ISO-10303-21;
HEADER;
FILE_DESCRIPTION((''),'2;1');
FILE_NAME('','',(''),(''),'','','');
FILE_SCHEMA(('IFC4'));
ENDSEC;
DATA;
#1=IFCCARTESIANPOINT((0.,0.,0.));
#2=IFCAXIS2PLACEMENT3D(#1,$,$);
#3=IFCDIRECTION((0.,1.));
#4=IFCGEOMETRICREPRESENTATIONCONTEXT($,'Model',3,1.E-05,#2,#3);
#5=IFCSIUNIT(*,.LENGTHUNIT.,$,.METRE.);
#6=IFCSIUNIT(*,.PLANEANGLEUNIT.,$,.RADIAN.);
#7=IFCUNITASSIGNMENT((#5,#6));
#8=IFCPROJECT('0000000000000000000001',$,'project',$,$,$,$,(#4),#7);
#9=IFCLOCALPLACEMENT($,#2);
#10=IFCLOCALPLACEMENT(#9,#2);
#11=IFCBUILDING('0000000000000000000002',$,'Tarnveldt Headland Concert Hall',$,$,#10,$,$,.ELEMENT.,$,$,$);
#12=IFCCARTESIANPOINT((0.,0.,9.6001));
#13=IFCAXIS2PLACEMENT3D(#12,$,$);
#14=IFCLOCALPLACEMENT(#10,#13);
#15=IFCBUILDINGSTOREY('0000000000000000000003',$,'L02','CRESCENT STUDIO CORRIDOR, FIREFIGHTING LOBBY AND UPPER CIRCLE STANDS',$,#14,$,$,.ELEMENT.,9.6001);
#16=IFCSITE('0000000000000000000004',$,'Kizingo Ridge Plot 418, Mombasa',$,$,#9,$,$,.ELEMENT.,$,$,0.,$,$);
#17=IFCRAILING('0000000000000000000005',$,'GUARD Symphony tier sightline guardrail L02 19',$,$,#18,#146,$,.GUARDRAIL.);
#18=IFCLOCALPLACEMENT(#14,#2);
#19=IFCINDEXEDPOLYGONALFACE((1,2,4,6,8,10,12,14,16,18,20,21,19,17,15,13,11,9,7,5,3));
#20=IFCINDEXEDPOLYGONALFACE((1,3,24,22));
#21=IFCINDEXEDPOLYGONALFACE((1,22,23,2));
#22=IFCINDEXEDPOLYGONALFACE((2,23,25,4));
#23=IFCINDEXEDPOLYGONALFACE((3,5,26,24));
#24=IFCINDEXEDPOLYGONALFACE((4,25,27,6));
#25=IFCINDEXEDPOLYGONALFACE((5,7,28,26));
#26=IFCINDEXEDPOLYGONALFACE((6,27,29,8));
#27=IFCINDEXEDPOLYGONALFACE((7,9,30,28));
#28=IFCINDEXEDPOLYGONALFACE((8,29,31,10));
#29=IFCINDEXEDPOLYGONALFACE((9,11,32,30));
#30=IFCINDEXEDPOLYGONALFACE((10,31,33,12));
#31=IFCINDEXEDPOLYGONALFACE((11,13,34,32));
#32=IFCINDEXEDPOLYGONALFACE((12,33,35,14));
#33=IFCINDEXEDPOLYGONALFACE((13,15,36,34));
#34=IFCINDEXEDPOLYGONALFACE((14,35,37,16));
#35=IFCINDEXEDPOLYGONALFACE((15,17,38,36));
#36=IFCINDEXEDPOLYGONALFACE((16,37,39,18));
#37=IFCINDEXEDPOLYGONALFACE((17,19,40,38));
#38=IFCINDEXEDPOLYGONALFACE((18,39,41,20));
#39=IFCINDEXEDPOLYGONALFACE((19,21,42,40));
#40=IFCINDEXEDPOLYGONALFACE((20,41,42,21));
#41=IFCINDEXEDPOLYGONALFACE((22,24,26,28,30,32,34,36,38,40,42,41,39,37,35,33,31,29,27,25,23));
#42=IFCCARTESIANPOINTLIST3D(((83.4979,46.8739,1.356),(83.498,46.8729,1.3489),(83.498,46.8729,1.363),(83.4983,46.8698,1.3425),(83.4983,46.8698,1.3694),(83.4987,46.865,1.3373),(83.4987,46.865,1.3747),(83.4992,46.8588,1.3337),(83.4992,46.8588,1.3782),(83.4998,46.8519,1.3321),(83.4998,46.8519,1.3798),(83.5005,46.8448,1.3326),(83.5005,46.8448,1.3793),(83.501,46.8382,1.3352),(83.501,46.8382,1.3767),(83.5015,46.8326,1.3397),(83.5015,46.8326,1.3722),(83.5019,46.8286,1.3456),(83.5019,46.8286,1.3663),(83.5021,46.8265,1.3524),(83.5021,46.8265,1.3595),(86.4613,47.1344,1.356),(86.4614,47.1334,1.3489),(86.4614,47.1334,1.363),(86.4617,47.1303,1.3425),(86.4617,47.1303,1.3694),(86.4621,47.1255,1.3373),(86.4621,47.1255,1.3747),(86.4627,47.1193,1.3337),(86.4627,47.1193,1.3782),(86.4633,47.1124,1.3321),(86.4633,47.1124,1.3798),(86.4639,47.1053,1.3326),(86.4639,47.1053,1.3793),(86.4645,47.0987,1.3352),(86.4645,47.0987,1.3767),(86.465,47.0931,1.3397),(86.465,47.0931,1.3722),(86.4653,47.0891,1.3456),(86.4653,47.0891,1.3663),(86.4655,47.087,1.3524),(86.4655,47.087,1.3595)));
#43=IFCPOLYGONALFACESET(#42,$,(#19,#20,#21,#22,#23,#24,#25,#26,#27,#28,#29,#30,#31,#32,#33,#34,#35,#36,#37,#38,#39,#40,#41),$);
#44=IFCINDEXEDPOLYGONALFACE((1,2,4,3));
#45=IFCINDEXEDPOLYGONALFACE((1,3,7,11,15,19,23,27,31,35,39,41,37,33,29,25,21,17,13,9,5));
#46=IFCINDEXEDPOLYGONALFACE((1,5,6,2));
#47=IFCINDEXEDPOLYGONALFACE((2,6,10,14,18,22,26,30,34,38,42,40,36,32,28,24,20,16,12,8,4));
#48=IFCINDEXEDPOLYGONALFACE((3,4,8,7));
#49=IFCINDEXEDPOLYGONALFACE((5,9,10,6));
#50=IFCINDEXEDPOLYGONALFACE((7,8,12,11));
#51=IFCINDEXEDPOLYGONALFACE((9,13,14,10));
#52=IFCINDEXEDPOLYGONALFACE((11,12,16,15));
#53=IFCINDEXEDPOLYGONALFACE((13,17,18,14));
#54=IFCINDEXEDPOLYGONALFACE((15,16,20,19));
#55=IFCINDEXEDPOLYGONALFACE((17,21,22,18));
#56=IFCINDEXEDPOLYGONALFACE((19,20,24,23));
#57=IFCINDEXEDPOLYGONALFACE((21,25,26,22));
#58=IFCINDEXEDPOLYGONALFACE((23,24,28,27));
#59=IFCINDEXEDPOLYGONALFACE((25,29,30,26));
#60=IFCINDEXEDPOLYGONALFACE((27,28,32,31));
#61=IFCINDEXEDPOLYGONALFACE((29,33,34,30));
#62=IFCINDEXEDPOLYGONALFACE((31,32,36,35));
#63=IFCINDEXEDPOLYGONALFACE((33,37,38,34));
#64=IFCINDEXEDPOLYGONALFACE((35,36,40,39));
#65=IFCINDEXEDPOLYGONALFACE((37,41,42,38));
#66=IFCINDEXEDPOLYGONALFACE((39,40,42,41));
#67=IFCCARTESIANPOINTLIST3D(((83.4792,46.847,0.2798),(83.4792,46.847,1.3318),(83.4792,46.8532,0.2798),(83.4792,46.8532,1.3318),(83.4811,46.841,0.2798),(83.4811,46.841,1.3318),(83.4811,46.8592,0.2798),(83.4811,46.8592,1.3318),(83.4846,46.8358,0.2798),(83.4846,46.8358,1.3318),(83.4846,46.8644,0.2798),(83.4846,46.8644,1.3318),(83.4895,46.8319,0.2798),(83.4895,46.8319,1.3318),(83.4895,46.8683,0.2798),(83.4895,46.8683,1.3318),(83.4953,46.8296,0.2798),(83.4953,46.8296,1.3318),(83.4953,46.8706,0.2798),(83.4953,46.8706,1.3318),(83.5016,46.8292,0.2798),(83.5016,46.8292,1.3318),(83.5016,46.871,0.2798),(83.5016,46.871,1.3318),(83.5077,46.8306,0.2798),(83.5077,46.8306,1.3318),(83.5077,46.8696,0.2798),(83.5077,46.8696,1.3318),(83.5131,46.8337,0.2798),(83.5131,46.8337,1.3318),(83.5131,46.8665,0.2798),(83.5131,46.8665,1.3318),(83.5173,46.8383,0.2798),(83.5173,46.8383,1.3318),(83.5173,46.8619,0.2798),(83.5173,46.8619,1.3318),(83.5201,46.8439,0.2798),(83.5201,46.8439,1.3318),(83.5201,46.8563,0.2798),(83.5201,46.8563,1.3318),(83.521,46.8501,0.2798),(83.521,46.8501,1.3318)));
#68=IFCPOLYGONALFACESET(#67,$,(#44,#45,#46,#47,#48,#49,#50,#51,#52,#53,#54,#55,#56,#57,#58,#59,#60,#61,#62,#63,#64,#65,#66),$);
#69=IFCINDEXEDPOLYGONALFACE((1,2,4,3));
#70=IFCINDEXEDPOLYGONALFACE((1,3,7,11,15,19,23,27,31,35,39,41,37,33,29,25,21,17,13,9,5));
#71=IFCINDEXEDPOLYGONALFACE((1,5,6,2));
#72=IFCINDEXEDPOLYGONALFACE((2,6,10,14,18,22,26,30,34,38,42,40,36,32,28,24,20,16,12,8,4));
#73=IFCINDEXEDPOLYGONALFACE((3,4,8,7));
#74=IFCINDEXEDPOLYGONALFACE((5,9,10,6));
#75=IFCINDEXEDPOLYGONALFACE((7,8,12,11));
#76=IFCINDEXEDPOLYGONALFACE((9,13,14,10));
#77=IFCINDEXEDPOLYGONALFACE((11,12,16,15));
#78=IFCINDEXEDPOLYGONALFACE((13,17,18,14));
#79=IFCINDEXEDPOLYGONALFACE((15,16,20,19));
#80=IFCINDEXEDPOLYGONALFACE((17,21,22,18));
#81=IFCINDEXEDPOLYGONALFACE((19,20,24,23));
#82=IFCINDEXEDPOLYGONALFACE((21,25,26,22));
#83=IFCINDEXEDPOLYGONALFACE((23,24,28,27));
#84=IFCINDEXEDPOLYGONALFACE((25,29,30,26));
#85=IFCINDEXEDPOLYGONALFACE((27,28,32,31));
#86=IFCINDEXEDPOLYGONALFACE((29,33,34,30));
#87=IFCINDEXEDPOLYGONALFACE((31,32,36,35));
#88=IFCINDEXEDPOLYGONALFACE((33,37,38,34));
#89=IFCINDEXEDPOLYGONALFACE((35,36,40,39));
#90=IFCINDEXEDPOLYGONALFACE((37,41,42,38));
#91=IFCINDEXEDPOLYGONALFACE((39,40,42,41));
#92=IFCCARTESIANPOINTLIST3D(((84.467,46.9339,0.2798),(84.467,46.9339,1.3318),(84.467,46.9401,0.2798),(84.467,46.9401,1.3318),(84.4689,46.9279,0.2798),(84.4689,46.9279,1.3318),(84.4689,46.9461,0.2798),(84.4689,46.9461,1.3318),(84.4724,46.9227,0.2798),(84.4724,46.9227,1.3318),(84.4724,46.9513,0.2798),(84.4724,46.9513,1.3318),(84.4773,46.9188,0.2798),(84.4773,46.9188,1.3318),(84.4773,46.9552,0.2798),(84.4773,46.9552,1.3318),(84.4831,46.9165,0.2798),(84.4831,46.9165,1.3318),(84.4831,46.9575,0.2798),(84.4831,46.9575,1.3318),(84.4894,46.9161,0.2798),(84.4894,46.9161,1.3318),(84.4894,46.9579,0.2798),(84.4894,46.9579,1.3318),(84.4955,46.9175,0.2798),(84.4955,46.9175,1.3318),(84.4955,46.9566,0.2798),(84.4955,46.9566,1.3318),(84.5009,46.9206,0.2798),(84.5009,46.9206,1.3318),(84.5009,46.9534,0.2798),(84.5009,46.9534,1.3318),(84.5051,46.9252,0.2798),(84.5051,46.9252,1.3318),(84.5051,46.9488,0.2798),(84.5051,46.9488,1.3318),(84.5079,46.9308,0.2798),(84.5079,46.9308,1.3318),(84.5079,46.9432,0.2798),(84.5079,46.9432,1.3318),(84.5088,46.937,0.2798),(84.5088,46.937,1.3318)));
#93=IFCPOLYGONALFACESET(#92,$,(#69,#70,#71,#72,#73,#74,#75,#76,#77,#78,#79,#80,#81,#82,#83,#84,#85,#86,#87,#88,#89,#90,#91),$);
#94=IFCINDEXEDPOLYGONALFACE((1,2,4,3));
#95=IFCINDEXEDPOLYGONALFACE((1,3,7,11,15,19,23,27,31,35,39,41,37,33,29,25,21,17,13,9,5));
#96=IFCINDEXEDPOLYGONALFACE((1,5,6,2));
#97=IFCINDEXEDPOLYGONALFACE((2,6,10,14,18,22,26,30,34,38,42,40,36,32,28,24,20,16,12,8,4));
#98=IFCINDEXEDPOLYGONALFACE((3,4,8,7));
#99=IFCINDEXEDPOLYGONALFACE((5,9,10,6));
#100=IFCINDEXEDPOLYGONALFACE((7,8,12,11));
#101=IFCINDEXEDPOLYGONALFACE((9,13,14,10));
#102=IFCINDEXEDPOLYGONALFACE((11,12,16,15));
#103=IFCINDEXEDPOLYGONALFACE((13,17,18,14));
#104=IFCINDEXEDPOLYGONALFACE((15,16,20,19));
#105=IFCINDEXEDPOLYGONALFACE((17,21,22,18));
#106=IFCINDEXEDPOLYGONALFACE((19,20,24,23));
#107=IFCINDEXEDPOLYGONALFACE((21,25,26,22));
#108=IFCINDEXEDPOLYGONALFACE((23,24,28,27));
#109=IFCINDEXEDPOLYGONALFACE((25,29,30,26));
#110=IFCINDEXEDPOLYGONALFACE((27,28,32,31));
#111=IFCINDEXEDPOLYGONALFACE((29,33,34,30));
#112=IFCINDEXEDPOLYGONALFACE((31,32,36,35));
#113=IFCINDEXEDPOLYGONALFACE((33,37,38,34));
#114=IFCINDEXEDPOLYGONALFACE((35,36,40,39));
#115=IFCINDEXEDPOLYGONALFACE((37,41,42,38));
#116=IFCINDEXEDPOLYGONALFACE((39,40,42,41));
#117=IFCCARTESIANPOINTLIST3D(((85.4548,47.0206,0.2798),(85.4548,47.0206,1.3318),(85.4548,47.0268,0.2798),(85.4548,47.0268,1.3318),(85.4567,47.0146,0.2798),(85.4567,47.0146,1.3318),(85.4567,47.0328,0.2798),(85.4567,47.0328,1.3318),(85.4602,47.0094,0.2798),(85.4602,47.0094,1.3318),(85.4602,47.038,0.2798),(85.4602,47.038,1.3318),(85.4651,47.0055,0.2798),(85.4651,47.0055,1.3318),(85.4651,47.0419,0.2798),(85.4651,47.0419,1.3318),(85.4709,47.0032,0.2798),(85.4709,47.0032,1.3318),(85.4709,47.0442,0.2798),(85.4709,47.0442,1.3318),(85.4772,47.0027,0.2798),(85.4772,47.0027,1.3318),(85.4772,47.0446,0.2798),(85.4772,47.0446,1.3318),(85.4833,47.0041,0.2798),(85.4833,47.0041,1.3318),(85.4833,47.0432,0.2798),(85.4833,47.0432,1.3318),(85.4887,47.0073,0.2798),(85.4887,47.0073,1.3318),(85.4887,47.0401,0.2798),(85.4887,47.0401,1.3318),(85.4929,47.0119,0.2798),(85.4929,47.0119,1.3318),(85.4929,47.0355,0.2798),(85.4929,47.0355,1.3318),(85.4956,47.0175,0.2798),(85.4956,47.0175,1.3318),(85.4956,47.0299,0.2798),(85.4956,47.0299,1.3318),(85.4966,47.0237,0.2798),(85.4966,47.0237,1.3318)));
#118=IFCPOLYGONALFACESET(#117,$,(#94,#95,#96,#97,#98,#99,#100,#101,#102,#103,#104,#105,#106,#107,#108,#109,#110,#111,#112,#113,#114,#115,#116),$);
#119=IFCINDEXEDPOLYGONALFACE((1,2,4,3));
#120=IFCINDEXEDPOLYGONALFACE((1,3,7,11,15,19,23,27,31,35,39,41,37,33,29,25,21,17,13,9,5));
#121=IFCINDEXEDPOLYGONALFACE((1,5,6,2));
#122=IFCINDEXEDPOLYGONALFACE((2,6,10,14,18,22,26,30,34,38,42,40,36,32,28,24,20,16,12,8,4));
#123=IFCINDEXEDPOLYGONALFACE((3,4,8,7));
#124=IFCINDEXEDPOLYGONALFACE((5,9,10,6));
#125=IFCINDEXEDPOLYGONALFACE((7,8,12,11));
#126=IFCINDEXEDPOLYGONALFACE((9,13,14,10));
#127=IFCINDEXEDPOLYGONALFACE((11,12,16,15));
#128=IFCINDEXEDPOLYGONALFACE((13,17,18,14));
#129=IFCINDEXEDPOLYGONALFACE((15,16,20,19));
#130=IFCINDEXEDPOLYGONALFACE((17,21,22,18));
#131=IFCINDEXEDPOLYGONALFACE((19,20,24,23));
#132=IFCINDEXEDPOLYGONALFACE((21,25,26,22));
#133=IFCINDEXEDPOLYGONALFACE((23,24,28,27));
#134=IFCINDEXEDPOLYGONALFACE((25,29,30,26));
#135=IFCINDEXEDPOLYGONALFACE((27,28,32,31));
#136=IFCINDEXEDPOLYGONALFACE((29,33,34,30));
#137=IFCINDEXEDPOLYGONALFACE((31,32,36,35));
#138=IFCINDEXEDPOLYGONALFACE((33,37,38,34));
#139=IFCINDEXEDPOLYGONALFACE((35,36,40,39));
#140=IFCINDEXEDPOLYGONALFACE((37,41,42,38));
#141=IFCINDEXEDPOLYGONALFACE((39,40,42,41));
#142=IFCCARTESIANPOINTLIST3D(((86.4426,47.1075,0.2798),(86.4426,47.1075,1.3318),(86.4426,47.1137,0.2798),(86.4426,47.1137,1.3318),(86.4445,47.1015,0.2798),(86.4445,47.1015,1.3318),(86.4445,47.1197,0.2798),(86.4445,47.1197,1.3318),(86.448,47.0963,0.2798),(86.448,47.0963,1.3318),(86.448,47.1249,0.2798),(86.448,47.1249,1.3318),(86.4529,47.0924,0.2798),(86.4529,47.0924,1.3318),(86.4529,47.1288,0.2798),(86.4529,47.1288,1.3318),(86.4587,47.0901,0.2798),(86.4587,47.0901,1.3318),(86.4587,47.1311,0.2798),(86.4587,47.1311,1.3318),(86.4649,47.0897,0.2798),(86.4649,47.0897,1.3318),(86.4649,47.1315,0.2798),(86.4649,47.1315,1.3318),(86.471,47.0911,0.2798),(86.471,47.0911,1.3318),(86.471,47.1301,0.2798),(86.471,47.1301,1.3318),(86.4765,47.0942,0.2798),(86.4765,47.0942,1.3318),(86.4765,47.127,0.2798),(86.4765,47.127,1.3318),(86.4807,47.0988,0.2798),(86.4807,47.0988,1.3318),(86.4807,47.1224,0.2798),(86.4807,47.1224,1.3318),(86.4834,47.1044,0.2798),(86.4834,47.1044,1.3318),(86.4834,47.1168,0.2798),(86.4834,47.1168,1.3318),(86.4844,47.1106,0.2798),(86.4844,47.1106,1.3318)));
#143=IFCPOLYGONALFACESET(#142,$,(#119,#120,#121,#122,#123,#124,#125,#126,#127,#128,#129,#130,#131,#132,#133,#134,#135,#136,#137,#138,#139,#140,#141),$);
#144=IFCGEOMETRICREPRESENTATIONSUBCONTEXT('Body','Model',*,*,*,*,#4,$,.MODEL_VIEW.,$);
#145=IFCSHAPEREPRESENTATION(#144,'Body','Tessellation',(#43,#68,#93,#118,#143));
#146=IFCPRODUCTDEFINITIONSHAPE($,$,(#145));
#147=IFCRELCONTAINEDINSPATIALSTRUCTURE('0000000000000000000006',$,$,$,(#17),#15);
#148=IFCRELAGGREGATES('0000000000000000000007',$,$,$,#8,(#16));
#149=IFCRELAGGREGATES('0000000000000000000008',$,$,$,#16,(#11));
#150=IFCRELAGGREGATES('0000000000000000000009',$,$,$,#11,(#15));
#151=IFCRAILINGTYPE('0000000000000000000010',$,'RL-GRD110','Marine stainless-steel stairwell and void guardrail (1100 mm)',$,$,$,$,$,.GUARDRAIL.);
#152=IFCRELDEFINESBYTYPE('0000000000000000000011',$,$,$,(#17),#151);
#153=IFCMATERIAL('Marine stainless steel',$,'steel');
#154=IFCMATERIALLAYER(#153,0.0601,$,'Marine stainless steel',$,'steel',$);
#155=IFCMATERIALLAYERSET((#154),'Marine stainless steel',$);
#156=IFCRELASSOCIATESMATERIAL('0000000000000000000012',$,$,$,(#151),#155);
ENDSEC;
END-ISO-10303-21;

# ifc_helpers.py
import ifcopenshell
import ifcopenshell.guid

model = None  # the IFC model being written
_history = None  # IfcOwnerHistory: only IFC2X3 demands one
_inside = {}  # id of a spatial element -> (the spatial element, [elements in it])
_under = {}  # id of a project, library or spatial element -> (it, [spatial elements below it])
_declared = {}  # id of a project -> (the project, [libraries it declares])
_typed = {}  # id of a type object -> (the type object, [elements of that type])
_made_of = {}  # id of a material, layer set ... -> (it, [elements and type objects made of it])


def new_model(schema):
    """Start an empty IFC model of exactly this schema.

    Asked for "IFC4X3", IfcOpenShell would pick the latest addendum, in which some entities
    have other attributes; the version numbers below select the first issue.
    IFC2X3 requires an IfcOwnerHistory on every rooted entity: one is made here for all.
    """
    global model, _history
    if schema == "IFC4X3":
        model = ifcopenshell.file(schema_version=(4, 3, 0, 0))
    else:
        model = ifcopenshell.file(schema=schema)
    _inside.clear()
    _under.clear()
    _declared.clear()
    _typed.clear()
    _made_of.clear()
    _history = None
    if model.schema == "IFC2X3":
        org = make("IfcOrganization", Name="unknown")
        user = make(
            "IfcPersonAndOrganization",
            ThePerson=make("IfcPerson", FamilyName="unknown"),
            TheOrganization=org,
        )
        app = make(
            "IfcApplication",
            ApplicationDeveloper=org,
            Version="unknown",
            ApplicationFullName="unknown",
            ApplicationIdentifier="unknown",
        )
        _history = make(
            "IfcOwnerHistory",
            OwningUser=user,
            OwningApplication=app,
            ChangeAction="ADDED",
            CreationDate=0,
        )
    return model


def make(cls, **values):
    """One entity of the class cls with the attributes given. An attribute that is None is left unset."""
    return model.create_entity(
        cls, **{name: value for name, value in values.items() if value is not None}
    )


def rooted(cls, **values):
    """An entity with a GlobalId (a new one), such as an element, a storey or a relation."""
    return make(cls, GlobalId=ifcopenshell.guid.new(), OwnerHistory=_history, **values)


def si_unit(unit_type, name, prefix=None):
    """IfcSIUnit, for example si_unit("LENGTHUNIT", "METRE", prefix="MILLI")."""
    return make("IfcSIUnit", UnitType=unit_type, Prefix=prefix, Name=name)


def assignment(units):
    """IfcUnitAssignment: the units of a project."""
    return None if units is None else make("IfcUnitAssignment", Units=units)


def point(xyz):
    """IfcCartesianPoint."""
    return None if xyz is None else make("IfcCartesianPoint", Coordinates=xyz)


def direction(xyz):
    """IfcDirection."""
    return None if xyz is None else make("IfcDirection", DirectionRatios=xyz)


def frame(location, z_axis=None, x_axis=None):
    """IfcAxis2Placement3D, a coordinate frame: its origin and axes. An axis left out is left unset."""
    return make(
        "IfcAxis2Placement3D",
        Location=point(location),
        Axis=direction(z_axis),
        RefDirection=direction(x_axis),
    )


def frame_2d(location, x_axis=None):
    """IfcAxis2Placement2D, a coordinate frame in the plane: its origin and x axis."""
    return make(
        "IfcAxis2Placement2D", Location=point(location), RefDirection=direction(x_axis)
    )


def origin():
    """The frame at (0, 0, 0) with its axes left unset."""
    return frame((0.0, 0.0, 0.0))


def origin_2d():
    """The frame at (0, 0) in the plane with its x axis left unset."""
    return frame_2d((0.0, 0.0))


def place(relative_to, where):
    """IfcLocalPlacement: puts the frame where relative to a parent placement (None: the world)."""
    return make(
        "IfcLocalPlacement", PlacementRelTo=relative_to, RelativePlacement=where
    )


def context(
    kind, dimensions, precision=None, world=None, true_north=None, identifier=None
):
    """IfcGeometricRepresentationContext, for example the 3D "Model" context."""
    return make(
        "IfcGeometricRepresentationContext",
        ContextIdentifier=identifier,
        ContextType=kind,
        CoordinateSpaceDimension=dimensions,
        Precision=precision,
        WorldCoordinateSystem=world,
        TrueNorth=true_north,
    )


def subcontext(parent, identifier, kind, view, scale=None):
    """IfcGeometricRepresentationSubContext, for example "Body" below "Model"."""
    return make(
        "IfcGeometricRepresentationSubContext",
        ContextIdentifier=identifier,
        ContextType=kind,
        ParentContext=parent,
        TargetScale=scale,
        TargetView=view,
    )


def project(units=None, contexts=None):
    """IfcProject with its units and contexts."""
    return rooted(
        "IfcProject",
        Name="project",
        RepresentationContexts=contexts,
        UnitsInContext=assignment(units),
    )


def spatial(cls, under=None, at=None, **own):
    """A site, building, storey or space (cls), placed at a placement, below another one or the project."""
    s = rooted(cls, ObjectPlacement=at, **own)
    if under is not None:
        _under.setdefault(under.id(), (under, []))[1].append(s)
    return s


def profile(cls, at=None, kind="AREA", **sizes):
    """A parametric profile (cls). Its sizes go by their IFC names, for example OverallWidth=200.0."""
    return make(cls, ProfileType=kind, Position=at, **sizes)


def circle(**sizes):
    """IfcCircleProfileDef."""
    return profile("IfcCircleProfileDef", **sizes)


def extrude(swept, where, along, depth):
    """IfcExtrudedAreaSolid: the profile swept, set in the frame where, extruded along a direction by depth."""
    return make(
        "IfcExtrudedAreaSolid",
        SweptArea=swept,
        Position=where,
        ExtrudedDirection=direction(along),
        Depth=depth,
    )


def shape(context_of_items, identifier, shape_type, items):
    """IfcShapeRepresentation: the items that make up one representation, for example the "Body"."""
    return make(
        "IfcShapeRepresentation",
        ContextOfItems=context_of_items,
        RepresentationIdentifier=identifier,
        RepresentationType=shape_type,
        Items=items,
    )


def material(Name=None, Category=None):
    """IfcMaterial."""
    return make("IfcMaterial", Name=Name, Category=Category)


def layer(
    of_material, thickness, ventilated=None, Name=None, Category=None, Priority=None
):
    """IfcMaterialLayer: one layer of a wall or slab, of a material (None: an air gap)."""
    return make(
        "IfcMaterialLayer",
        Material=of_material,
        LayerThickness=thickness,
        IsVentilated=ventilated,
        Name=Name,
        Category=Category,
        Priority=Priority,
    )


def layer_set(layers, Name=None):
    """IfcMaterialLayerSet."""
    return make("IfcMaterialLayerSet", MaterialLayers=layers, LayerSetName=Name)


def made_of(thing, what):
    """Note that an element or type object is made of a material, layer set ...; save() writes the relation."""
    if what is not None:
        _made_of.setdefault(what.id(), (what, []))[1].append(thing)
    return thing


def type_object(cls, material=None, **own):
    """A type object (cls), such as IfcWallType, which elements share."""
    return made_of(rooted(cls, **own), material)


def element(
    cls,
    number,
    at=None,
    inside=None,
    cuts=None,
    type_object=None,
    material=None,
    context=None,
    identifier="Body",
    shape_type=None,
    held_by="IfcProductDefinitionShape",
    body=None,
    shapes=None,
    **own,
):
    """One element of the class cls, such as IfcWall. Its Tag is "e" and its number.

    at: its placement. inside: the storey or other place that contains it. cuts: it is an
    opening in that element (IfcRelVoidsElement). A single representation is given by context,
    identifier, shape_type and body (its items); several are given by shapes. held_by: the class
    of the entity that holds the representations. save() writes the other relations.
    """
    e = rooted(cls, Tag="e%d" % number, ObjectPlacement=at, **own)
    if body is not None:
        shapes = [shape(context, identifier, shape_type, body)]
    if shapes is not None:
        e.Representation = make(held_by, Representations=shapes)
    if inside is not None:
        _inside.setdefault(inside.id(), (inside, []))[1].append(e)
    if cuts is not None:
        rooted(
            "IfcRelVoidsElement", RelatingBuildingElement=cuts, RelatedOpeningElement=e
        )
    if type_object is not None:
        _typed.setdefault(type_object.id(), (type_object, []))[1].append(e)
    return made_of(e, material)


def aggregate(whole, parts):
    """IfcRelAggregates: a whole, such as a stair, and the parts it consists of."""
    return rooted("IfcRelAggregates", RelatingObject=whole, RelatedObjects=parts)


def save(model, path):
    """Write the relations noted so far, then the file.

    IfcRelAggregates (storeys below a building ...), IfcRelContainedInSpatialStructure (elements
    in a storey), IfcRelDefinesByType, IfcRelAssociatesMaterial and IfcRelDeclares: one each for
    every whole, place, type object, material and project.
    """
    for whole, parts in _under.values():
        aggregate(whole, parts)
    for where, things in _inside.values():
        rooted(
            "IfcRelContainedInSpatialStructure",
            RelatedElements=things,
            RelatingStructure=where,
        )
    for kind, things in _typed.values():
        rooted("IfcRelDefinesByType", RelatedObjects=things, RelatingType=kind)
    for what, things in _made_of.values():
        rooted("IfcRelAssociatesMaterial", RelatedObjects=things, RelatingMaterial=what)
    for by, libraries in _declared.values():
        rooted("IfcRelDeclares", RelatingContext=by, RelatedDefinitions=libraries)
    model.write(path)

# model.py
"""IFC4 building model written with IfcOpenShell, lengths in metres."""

from ifc_helpers import new_model, si_unit, direction, frame, origin, origin_2d, place, context, subcontext, project, spatial, circle, extrude, material, layer, layer_set, type_object, element, save


model = new_model("IFC4")

# Units and contexts
model_context = context("Model", 3, precision=1e-05, world=origin(), true_north=direction((0.0, 1.0)))
body_context = subcontext(model_context, "Body", "Model", "MODEL_VIEW")
ifc_project = project(units=[si_unit("LENGTHUNIT", "METRE"), si_unit("PLANEANGLEUNIT", "RADIAN")], contexts=[model_context])

# Site, building, storey
site_placement = place(None, origin())
site = spatial("IfcSite", under=ifc_project, at=site_placement, Name="Kizingo Ridge Plot 418, Mombasa", CompositionType="ELEMENT", RefElevation=0.0)
building_placement = place(site_placement, origin())
building = spatial("IfcBuilding", under=site, at=building_placement, Name="Tarnveldt Headland Concert Hall", CompositionType="ELEMENT")
storey_placement = place(building_placement, frame((0.0, 0.0, 9.6001)))
storey = spatial("IfcBuildingStorey", under=building, at=storey_placement, Name="L02", Description="CRESCENT STUDIO CORRIDOR, FIREFIGHTING LOBBY AND UPPER CIRCLE STANDS", CompositionType="ELEMENT", Elevation=9.6001)

# Railing
ifc_material_1 = material(Name="Marine stainless steel", Category="steel")
ifc_layer = layer(ifc_material_1, 0.0601, Name="Marine stainless steel", Category="steel")
ifc_layer_set = layer_set([ifc_layer], Name="Marine stainless steel")
railing_type = type_object("IfcRailingType", Name="RL-GRD110", Description="Marine stainless-steel stairwell and void guardrail (1100 mm)", PredefinedType="GUARDRAIL", material=ifc_layer_set)
railing_1_placement = place(storey_placement, frame((83.5, 46.8501, 0.2798)))
element("IfcRailing", 1, at=railing_1_placement, inside=storey, type_object=railing_type, Name="GUARD Symphony tier sightline guardrail L02 19", PredefinedType="GUARDRAIL", context=body_context, shape_type="SweptSolid", body=[
    extrude(circle(Radius=0.0239, at=origin_2d()), frame((0.0, 0.0, 1.0762), z_axis=(0.996159, 0.087568, 0.0), x_axis=(-0.087568, 0.996159, 0.0)), (0.0, 0.0, 1.0), 2.9749),
    extrude(circle(Radius=0.021, at=origin_2d()), origin(), (0.0, 0.0, 1.0), 1.052),
    extrude(circle(Radius=0.021, at=origin_2d()), frame((0.9878, 0.0869, 0.0)), (0.0, 0.0, 1.0), 1.052),
    extrude(circle(Radius=0.021, at=origin_2d()), frame((1.9756, 0.1736, 0.0)), (0.0, 0.0, 1.0), 1.052),
    extrude(circle(Radius=0.021, at=origin_2d()), frame((2.9634, 0.2605, 0.0)), (0.0, 0.0, 1.0), 1.052),
])

save(model, "model.ifc")
